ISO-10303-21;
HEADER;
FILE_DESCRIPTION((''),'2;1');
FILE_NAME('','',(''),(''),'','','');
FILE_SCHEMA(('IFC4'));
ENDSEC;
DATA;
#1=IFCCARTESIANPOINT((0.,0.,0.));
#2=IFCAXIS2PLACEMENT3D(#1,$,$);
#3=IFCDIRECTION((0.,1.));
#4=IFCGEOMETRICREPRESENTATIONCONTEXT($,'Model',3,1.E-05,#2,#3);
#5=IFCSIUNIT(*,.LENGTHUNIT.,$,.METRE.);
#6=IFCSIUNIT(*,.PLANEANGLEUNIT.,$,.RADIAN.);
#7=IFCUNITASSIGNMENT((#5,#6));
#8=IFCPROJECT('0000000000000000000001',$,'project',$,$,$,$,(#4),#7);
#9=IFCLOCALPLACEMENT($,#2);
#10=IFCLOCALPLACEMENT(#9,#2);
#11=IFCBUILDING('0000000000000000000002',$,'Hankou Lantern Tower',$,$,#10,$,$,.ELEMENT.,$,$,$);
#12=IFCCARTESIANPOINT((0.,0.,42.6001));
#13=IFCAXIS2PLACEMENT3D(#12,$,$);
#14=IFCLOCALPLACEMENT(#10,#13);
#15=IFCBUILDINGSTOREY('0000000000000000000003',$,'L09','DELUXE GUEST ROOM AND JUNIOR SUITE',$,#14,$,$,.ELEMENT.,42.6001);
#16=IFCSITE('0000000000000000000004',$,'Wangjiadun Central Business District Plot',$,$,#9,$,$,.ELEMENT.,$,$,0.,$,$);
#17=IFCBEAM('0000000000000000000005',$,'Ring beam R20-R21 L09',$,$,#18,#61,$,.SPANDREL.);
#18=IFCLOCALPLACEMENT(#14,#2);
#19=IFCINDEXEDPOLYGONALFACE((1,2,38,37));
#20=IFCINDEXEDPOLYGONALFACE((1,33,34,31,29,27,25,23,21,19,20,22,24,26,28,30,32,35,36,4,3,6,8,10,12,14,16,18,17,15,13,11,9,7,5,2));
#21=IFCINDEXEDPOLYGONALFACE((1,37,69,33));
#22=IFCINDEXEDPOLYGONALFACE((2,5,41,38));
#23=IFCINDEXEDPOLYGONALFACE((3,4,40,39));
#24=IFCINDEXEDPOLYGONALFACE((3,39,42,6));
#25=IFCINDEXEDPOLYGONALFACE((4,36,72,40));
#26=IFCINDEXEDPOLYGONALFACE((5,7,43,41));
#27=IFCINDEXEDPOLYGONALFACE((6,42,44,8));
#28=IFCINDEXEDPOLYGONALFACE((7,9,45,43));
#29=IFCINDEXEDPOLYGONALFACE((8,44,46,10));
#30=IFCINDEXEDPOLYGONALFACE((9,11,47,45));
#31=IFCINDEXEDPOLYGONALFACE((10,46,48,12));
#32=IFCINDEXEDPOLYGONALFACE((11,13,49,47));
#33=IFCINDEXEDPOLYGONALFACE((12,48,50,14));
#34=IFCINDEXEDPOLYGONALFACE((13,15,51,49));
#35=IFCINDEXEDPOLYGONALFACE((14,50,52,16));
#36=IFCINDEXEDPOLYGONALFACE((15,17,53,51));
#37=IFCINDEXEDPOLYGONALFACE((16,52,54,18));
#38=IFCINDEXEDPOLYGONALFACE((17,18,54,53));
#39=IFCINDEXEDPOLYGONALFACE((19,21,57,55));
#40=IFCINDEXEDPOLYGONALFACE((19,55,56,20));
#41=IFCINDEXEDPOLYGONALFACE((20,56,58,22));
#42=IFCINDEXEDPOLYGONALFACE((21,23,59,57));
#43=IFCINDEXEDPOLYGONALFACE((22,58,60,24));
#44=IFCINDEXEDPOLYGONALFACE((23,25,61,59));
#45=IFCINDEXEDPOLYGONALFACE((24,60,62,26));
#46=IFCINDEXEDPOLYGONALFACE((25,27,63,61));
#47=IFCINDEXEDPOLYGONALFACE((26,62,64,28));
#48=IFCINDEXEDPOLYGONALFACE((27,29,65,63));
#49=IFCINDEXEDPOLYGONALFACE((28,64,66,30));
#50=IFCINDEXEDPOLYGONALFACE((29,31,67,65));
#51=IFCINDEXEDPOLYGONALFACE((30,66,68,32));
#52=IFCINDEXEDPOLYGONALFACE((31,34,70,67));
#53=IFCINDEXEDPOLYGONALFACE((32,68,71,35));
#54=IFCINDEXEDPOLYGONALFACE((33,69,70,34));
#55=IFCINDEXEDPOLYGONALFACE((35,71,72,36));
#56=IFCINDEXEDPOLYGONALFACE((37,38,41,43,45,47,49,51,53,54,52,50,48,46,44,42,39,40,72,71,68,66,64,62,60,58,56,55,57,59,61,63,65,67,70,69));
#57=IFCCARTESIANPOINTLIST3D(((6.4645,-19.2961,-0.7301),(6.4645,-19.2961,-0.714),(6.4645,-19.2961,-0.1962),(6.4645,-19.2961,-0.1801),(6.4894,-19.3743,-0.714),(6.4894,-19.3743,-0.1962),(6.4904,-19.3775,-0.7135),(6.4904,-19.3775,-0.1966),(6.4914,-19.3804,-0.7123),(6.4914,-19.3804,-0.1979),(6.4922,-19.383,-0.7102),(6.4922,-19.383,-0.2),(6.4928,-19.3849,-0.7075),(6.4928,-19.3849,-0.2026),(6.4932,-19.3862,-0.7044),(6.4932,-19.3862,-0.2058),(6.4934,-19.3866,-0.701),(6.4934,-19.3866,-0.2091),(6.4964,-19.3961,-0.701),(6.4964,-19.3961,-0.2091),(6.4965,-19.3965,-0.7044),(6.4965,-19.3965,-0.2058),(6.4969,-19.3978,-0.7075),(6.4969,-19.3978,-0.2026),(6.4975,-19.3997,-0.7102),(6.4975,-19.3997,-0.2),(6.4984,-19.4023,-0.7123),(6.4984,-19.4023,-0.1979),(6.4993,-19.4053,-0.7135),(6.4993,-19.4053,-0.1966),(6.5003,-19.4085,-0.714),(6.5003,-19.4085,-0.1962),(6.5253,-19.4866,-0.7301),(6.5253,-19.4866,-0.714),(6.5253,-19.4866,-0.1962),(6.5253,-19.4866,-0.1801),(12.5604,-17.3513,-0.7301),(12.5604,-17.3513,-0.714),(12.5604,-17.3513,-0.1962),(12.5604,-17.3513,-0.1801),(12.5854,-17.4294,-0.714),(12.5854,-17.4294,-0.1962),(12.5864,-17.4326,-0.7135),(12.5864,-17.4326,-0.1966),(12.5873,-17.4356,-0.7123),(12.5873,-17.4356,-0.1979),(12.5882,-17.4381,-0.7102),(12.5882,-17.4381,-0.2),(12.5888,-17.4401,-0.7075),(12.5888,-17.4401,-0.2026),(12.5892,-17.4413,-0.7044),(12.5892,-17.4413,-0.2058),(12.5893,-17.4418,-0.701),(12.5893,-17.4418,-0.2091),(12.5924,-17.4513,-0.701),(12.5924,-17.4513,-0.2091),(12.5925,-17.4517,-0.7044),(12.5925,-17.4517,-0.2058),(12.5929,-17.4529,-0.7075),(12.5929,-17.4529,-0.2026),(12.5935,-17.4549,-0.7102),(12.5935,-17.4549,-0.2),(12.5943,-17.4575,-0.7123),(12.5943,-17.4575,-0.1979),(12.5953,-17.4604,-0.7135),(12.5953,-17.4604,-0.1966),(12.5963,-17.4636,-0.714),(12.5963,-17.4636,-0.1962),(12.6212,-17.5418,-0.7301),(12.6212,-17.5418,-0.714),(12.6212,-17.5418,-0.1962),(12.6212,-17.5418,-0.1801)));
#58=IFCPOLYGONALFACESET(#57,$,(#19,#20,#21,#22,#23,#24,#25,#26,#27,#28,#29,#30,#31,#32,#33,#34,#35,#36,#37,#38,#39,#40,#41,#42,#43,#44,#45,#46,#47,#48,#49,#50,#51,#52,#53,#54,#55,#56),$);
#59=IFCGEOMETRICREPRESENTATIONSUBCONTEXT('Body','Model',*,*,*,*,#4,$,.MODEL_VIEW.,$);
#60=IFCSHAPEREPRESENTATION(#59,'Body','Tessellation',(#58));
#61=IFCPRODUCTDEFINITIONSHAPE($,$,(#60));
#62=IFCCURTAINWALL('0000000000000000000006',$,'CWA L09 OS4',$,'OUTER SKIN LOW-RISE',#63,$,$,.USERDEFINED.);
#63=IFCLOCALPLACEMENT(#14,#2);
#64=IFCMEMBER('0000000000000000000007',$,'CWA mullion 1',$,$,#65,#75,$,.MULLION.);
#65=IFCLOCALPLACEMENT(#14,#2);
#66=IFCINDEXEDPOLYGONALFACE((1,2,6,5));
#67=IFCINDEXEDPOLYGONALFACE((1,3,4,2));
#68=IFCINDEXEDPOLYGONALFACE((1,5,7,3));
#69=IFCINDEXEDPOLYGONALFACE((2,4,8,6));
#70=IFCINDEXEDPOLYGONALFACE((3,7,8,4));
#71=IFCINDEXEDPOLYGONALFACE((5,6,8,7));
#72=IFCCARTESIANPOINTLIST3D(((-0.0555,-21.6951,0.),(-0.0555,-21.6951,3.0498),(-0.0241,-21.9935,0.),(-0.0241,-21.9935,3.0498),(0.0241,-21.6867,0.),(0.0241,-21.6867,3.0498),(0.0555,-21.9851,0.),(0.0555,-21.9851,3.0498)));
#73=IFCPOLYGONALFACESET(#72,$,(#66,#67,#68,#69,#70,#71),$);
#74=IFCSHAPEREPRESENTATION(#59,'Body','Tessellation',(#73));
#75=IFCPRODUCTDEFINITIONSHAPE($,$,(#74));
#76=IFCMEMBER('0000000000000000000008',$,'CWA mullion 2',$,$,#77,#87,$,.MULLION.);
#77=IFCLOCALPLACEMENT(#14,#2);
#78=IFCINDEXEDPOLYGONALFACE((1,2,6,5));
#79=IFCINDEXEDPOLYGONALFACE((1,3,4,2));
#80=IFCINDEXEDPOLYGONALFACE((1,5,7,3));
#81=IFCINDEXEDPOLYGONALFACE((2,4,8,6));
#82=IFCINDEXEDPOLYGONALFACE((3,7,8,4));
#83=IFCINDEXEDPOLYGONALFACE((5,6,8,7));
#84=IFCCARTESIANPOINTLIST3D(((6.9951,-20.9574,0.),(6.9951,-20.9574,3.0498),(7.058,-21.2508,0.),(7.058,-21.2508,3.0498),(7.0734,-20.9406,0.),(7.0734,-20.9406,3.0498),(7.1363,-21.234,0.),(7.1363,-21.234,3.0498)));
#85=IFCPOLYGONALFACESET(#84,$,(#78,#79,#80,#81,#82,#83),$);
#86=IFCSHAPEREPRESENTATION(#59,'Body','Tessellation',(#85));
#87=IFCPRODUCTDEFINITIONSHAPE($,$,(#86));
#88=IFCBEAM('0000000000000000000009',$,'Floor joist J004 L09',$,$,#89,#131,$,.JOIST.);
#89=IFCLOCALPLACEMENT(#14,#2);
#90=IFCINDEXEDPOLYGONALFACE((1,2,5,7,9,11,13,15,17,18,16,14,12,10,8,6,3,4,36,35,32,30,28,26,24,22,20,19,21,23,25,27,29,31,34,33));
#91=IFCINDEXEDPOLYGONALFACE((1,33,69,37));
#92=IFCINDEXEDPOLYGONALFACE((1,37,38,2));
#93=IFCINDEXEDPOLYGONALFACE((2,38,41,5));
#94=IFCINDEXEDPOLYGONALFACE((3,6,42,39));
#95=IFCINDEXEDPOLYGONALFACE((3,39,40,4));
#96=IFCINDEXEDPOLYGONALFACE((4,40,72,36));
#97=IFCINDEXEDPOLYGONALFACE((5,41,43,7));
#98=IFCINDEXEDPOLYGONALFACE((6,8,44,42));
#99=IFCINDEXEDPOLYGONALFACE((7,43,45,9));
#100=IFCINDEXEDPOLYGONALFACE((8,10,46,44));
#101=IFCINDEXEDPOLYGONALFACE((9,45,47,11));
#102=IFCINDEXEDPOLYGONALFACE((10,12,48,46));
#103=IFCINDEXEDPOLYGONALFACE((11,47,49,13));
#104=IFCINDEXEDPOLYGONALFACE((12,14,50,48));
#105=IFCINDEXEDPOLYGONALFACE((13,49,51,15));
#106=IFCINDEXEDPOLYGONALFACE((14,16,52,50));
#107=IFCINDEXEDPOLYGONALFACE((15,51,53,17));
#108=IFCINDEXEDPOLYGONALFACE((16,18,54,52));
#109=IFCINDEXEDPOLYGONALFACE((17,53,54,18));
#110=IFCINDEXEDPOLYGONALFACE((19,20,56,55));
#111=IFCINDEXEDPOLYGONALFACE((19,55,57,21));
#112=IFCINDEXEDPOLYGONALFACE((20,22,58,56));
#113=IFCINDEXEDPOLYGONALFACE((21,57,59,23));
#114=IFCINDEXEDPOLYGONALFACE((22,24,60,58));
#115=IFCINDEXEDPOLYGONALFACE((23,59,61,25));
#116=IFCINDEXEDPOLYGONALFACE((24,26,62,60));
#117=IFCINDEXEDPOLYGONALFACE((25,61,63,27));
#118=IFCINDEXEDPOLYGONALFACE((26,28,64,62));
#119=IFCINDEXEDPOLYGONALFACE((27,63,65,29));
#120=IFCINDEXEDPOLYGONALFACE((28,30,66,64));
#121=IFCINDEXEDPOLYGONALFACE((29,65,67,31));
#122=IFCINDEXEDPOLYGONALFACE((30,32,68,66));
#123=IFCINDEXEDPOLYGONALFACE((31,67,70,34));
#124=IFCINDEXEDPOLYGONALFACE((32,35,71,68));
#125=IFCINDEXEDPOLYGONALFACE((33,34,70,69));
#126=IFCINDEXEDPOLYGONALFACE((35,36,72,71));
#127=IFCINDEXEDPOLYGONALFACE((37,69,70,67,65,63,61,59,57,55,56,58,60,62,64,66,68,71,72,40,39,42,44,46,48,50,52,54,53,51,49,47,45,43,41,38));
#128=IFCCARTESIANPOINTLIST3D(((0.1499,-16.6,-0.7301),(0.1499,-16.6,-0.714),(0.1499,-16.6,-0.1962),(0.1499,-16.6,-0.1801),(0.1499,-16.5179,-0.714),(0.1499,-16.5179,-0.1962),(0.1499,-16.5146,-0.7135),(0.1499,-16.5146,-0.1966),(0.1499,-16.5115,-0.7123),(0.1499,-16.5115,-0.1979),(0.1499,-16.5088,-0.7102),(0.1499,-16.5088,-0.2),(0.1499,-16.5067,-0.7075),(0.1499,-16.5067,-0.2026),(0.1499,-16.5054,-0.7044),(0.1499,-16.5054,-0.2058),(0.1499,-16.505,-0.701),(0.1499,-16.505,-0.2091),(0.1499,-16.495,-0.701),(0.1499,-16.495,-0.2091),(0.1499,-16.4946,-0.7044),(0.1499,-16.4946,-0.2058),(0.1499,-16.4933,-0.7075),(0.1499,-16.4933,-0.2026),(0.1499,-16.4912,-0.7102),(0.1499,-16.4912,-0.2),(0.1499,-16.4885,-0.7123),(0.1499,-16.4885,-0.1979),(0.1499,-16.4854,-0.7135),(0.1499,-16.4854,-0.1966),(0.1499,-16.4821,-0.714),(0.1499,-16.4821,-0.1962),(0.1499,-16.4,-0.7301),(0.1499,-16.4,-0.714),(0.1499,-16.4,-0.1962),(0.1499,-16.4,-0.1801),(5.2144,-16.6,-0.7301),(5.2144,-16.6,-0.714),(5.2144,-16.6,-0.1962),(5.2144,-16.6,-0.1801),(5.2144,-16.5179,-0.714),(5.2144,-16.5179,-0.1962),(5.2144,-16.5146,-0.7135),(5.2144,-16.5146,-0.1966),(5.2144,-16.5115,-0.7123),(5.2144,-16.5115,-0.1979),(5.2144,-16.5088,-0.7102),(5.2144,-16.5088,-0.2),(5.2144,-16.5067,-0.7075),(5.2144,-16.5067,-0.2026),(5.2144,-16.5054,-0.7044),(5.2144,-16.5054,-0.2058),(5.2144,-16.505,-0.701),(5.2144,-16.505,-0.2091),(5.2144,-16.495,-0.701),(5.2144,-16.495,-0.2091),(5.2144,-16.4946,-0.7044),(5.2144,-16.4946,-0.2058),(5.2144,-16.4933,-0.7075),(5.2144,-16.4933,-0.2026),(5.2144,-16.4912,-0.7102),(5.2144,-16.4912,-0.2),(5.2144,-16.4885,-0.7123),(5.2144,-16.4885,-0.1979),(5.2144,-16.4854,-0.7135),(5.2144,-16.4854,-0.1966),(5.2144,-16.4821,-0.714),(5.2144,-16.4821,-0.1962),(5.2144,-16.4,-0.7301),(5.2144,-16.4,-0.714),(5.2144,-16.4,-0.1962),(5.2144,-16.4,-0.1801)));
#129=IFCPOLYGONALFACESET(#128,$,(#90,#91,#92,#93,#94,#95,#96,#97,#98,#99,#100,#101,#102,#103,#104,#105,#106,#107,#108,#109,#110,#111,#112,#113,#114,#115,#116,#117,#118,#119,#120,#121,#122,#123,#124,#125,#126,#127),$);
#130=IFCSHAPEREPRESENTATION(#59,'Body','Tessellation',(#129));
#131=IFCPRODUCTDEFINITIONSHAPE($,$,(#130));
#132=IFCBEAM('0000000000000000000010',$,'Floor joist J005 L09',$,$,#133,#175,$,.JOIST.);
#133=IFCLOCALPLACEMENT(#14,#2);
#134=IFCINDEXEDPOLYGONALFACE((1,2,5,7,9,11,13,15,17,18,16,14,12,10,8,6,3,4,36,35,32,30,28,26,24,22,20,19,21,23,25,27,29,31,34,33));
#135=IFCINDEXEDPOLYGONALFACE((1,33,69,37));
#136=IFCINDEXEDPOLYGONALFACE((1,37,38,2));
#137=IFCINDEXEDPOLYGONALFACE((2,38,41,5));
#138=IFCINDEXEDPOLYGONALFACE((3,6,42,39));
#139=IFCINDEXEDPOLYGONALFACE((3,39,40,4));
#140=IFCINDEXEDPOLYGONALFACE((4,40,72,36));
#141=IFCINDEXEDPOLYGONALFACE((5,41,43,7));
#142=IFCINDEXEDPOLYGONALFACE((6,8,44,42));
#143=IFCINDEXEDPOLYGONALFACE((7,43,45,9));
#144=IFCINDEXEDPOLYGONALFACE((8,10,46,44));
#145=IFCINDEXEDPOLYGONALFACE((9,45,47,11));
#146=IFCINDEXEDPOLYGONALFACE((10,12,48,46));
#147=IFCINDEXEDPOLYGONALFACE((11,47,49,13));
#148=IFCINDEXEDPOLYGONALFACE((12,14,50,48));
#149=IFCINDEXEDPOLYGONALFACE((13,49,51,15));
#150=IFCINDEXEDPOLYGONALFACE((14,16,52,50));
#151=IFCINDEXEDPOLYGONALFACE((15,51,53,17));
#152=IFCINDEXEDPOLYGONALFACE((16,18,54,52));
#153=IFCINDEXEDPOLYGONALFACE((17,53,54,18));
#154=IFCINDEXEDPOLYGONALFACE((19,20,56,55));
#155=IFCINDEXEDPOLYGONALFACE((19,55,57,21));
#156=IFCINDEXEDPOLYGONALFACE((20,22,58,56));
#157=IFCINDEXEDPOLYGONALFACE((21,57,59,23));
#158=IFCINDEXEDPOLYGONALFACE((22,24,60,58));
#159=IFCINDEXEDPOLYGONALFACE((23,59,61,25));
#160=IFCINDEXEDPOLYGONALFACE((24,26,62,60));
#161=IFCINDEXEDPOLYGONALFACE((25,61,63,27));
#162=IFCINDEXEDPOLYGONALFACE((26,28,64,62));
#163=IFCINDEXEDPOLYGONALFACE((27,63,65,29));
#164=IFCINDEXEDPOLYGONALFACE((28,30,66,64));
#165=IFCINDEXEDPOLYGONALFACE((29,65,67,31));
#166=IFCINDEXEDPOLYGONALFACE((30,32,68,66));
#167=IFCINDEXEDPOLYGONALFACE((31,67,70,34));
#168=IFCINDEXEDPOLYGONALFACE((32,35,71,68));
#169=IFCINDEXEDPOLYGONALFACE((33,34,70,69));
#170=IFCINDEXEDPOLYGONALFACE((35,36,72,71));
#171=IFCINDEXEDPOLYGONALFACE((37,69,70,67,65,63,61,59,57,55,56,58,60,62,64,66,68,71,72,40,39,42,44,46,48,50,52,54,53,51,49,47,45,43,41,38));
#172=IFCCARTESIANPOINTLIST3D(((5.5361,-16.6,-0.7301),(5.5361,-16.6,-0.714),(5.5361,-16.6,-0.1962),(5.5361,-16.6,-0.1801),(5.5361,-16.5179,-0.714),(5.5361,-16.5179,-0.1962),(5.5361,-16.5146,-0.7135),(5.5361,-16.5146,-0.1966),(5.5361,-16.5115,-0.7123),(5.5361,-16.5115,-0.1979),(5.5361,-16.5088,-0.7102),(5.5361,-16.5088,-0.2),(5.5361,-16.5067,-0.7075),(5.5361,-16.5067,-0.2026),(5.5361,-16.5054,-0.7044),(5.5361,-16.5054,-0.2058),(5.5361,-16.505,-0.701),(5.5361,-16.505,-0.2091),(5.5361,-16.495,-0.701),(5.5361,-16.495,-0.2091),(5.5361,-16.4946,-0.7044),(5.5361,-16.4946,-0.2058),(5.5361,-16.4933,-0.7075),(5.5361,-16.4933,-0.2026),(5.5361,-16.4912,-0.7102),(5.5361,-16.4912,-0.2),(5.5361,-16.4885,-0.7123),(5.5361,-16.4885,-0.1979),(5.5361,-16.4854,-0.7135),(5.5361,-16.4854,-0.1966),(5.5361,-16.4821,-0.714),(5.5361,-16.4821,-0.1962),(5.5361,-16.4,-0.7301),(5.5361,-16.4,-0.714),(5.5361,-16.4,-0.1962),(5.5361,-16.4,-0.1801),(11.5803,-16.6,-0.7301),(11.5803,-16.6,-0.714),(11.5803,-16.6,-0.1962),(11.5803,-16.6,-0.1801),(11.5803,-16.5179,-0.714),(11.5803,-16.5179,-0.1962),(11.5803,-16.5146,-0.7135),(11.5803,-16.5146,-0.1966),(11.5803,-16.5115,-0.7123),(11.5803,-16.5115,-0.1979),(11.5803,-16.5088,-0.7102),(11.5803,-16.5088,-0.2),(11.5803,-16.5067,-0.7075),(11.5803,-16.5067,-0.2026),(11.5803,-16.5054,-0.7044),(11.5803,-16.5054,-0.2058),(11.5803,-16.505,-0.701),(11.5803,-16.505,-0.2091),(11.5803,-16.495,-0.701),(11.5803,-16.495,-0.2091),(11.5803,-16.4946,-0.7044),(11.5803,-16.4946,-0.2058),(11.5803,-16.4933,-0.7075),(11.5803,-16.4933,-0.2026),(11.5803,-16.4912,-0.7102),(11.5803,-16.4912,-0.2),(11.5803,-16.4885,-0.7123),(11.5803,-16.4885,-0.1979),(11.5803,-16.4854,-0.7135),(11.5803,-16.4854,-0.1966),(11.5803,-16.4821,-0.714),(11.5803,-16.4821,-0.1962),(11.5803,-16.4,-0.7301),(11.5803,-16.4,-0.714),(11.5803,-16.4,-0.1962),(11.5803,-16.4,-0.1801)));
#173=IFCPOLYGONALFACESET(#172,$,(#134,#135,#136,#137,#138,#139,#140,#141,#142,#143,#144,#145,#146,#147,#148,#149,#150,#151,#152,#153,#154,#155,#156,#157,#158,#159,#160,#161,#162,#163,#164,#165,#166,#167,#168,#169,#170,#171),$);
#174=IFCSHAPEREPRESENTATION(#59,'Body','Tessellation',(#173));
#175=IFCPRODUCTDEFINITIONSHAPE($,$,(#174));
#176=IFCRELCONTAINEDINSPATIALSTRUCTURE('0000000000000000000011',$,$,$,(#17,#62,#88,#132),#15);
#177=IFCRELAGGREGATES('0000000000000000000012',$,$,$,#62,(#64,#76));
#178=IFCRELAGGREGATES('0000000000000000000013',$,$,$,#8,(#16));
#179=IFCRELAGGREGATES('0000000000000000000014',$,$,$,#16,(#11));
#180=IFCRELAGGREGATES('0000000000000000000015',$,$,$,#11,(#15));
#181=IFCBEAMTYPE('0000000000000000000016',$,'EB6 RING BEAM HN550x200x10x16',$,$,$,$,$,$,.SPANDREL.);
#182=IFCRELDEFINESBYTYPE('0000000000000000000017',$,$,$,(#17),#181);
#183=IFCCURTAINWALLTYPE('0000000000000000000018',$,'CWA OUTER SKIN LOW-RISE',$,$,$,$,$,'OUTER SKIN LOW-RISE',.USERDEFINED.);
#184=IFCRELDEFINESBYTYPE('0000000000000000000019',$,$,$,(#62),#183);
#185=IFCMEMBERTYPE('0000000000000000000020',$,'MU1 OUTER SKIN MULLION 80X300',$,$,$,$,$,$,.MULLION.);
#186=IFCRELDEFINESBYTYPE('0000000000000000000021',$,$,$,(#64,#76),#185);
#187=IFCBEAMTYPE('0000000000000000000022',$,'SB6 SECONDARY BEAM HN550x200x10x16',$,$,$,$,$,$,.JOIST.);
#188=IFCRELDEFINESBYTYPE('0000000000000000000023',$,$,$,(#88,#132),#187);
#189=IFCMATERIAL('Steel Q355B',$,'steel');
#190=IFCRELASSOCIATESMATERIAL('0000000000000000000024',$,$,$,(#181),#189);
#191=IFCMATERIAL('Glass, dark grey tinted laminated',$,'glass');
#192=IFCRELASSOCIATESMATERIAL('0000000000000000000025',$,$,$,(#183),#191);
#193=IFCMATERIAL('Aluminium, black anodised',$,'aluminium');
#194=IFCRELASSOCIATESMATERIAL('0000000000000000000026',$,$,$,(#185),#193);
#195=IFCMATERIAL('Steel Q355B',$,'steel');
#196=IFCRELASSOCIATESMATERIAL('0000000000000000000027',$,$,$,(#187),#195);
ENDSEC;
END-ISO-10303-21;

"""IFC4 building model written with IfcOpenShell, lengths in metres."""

from ifc_helpers import new_model, si_unit, direction, frame, origin, origin_2d, place, context, subcontext, project, spatial, rectangle, i_section, extrude, material, material_profile, profile_set, type_object, element, aggregate, save


model = new_model("IFC4")

# Units and contexts
model_context = context("Model", 3, precision=1e-05, world=origin(), true_north=direction((0.0, 1.0)))
body_context = subcontext(model_context, "Body", "Model", "MODEL_VIEW")
ifc_project = project(units=[si_unit("LENGTHUNIT", "METRE"), si_unit("PLANEANGLEUNIT", "RADIAN")], contexts=[model_context])

# Site, building, storey
site_placement = place(None, origin())
site = spatial("IfcSite", under=ifc_project, at=site_placement, Name="Wangjiadun Central Business District Plot", CompositionType="ELEMENT", RefElevation=0.0)
building_placement = place(site_placement, origin())
building = spatial("IfcBuilding", under=site, at=building_placement, Name="Hankou Lantern Tower", CompositionType="ELEMENT")
storey_placement = place(building_placement, frame((0.0, 0.0, 42.6001)))
storey = spatial("IfcBuildingStorey", under=building, at=storey_placement, Name="L09", Description="DELUXE GUEST ROOM AND JUNIOR SUITE", CompositionType="ELEMENT", Elevation=42.6001)

# Beam
ifc_material_1 = material(Name="Steel Q355B", Category="steel")
ifc_material_profile_1 = material_profile(ifc_material_1, i_section(OverallWidth=0.2, OverallDepth=0.55, WebThickness=0.01, FlangeThickness=0.0161, FilletRadius=0.0129, at=origin_2d()), Name="HN550x200x10x16")
ifc_profile_set_1 = profile_set([ifc_material_profile_1], Name="Steel Q355B")
beam_type_1 = type_object("IfcBeamType", Name="EB6 RING BEAM HN550x200x10x16", PredefinedType="SPANDREL", material=ifc_profile_set_1)
beam_1_placement = place(storey_placement, frame((6.4949, -19.3914, -0.4551), z_axis=(0.95269, 0.303942, 0.0), x_axis=(-0.303942, 0.95269, 0.0)))
element("IfcBeam", 1, at=beam_1_placement, inside=storey, type_object=beam_type_1, Name="Ring beam R20-R21 L09", PredefinedType="SPANDREL", context=body_context, shape_type="SweptSolid", body=[
    extrude(i_section(OverallWidth=0.2, OverallDepth=0.55, WebThickness=0.01, FlangeThickness=0.0161, FilletRadius=0.0129, at=origin_2d()), origin(), (0.0, 0.0, 1.0), 6.3987),
])

# Curtain wall, members
ifc_material_2 = material(Name="Glass, dark grey tinted laminated", Category="glass")
curtain_wall_type = type_object("IfcCurtainWallType", Name="CWA OUTER SKIN LOW-RISE", ElementType="OUTER SKIN LOW-RISE", PredefinedType="USERDEFINED", material=ifc_material_2)
curtain_wall_placement = place(storey_placement, origin())
curtain_wall = element("IfcCurtainWall", 2, at=curtain_wall_placement, inside=storey, type_object=curtain_wall_type, Name="CWA L09 OS4", ObjectType="OUTER SKIN LOW-RISE", PredefinedType="USERDEFINED")
ifc_material_3 = material(Name="Aluminium, black anodised", Category="aluminium")
ifc_material_profile_2 = material_profile(ifc_material_3, rectangle(XDim=0.0801, YDim=0.3, at=origin_2d()), Name="MU1 80X300")
ifc_profile_set_2 = profile_set([ifc_material_profile_2], Name="Aluminium, black anodised")
member_type_1 = type_object("IfcMemberType", Name="MU1 OUTER SKIN MULLION 80X300", PredefinedType="MULLION", material=ifc_profile_set_2)
member_1_placement = place(storey_placement, frame((0.0, -21.8401, 0.0), z_axis=(0.0, 0.0, 1.0), x_axis=(0.994499, 0.104743, 0.0)))
member_1 = element("IfcMember", 3, at=member_1_placement, type_object=member_type_1, Name="CWA mullion 1", PredefinedType="MULLION", context=body_context, shape_type="SweptSolid", body=[
    extrude(rectangle(XDim=0.0801, YDim=0.3, at=origin_2d()), origin(), (0.0, 0.0, 1.0), 3.0498),
])
member_2_placement = place(storey_placement, frame((7.0657, -21.0957, 0.0), z_axis=(0.0, 0.0, 1.0), x_axis=(0.977788, 0.209598, 0.0)))
member_2 = element("IfcMember", 4, at=member_2_placement, type_object=member_type_1, Name="CWA mullion 2", PredefinedType="MULLION", context=body_context, shape_type="SweptSolid", body=[
    extrude(rectangle(XDim=0.0801, YDim=0.3, at=origin_2d()), origin(), (0.0, 0.0, 1.0), 3.0498),
])

# Beams
ifc_material_4 = material(Name="Steel Q355B", Category="steel")
ifc_material_profile_3 = material_profile(ifc_material_4, i_section(OverallWidth=0.2, OverallDepth=0.55, WebThickness=0.01, FlangeThickness=0.0161, FilletRadius=0.0129, at=origin_2d()), Name="HN550x200x10x16")
ifc_profile_set_3 = profile_set([ifc_material_profile_3], Name="Steel Q355B")
beam_type_2 = type_object("IfcBeamType", Name="SB6 SECONDARY BEAM HN550x200x10x16", PredefinedType="JOIST", material=ifc_profile_set_3)
beam_2_placement = place(storey_placement, frame((0.1499, -16.5, -0.4551), z_axis=(1.0, 0.0, 0.0), x_axis=(0.0, 1.0, 0.0)))
element("IfcBeam", 5, at=beam_2_placement, inside=storey, type_object=beam_type_2, Name="Floor joist J004 L09", PredefinedType="JOIST", context=body_context, shape_type="SweptSolid", body=[
    extrude(i_section(OverallWidth=0.2, OverallDepth=0.55, WebThickness=0.01, FlangeThickness=0.0161, FilletRadius=0.0129, at=origin_2d()), origin(), (0.0, 0.0, 1.0), 5.0645),
])
beam_3_placement = place(storey_placement, frame((5.5361, -16.5, -0.4551), z_axis=(1.0, 0.0, 0.0), x_axis=(0.0, 1.0, 0.0)))
element("IfcBeam", 6, at=beam_3_placement, inside=storey, type_object=beam_type_2, Name="Floor joist J005 L09", PredefinedType="JOIST", context=body_context, shape_type="SweptSolid", body=[
    extrude(i_section(OverallWidth=0.2, OverallDepth=0.55, WebThickness=0.01, FlangeThickness=0.0161, FilletRadius=0.0129, at=origin_2d()), origin(), (0.0, 0.0, 1.0), 6.0442),
])

aggregate(curtain_wall, [member_1, member_2])

save(model, "model.ifc")
